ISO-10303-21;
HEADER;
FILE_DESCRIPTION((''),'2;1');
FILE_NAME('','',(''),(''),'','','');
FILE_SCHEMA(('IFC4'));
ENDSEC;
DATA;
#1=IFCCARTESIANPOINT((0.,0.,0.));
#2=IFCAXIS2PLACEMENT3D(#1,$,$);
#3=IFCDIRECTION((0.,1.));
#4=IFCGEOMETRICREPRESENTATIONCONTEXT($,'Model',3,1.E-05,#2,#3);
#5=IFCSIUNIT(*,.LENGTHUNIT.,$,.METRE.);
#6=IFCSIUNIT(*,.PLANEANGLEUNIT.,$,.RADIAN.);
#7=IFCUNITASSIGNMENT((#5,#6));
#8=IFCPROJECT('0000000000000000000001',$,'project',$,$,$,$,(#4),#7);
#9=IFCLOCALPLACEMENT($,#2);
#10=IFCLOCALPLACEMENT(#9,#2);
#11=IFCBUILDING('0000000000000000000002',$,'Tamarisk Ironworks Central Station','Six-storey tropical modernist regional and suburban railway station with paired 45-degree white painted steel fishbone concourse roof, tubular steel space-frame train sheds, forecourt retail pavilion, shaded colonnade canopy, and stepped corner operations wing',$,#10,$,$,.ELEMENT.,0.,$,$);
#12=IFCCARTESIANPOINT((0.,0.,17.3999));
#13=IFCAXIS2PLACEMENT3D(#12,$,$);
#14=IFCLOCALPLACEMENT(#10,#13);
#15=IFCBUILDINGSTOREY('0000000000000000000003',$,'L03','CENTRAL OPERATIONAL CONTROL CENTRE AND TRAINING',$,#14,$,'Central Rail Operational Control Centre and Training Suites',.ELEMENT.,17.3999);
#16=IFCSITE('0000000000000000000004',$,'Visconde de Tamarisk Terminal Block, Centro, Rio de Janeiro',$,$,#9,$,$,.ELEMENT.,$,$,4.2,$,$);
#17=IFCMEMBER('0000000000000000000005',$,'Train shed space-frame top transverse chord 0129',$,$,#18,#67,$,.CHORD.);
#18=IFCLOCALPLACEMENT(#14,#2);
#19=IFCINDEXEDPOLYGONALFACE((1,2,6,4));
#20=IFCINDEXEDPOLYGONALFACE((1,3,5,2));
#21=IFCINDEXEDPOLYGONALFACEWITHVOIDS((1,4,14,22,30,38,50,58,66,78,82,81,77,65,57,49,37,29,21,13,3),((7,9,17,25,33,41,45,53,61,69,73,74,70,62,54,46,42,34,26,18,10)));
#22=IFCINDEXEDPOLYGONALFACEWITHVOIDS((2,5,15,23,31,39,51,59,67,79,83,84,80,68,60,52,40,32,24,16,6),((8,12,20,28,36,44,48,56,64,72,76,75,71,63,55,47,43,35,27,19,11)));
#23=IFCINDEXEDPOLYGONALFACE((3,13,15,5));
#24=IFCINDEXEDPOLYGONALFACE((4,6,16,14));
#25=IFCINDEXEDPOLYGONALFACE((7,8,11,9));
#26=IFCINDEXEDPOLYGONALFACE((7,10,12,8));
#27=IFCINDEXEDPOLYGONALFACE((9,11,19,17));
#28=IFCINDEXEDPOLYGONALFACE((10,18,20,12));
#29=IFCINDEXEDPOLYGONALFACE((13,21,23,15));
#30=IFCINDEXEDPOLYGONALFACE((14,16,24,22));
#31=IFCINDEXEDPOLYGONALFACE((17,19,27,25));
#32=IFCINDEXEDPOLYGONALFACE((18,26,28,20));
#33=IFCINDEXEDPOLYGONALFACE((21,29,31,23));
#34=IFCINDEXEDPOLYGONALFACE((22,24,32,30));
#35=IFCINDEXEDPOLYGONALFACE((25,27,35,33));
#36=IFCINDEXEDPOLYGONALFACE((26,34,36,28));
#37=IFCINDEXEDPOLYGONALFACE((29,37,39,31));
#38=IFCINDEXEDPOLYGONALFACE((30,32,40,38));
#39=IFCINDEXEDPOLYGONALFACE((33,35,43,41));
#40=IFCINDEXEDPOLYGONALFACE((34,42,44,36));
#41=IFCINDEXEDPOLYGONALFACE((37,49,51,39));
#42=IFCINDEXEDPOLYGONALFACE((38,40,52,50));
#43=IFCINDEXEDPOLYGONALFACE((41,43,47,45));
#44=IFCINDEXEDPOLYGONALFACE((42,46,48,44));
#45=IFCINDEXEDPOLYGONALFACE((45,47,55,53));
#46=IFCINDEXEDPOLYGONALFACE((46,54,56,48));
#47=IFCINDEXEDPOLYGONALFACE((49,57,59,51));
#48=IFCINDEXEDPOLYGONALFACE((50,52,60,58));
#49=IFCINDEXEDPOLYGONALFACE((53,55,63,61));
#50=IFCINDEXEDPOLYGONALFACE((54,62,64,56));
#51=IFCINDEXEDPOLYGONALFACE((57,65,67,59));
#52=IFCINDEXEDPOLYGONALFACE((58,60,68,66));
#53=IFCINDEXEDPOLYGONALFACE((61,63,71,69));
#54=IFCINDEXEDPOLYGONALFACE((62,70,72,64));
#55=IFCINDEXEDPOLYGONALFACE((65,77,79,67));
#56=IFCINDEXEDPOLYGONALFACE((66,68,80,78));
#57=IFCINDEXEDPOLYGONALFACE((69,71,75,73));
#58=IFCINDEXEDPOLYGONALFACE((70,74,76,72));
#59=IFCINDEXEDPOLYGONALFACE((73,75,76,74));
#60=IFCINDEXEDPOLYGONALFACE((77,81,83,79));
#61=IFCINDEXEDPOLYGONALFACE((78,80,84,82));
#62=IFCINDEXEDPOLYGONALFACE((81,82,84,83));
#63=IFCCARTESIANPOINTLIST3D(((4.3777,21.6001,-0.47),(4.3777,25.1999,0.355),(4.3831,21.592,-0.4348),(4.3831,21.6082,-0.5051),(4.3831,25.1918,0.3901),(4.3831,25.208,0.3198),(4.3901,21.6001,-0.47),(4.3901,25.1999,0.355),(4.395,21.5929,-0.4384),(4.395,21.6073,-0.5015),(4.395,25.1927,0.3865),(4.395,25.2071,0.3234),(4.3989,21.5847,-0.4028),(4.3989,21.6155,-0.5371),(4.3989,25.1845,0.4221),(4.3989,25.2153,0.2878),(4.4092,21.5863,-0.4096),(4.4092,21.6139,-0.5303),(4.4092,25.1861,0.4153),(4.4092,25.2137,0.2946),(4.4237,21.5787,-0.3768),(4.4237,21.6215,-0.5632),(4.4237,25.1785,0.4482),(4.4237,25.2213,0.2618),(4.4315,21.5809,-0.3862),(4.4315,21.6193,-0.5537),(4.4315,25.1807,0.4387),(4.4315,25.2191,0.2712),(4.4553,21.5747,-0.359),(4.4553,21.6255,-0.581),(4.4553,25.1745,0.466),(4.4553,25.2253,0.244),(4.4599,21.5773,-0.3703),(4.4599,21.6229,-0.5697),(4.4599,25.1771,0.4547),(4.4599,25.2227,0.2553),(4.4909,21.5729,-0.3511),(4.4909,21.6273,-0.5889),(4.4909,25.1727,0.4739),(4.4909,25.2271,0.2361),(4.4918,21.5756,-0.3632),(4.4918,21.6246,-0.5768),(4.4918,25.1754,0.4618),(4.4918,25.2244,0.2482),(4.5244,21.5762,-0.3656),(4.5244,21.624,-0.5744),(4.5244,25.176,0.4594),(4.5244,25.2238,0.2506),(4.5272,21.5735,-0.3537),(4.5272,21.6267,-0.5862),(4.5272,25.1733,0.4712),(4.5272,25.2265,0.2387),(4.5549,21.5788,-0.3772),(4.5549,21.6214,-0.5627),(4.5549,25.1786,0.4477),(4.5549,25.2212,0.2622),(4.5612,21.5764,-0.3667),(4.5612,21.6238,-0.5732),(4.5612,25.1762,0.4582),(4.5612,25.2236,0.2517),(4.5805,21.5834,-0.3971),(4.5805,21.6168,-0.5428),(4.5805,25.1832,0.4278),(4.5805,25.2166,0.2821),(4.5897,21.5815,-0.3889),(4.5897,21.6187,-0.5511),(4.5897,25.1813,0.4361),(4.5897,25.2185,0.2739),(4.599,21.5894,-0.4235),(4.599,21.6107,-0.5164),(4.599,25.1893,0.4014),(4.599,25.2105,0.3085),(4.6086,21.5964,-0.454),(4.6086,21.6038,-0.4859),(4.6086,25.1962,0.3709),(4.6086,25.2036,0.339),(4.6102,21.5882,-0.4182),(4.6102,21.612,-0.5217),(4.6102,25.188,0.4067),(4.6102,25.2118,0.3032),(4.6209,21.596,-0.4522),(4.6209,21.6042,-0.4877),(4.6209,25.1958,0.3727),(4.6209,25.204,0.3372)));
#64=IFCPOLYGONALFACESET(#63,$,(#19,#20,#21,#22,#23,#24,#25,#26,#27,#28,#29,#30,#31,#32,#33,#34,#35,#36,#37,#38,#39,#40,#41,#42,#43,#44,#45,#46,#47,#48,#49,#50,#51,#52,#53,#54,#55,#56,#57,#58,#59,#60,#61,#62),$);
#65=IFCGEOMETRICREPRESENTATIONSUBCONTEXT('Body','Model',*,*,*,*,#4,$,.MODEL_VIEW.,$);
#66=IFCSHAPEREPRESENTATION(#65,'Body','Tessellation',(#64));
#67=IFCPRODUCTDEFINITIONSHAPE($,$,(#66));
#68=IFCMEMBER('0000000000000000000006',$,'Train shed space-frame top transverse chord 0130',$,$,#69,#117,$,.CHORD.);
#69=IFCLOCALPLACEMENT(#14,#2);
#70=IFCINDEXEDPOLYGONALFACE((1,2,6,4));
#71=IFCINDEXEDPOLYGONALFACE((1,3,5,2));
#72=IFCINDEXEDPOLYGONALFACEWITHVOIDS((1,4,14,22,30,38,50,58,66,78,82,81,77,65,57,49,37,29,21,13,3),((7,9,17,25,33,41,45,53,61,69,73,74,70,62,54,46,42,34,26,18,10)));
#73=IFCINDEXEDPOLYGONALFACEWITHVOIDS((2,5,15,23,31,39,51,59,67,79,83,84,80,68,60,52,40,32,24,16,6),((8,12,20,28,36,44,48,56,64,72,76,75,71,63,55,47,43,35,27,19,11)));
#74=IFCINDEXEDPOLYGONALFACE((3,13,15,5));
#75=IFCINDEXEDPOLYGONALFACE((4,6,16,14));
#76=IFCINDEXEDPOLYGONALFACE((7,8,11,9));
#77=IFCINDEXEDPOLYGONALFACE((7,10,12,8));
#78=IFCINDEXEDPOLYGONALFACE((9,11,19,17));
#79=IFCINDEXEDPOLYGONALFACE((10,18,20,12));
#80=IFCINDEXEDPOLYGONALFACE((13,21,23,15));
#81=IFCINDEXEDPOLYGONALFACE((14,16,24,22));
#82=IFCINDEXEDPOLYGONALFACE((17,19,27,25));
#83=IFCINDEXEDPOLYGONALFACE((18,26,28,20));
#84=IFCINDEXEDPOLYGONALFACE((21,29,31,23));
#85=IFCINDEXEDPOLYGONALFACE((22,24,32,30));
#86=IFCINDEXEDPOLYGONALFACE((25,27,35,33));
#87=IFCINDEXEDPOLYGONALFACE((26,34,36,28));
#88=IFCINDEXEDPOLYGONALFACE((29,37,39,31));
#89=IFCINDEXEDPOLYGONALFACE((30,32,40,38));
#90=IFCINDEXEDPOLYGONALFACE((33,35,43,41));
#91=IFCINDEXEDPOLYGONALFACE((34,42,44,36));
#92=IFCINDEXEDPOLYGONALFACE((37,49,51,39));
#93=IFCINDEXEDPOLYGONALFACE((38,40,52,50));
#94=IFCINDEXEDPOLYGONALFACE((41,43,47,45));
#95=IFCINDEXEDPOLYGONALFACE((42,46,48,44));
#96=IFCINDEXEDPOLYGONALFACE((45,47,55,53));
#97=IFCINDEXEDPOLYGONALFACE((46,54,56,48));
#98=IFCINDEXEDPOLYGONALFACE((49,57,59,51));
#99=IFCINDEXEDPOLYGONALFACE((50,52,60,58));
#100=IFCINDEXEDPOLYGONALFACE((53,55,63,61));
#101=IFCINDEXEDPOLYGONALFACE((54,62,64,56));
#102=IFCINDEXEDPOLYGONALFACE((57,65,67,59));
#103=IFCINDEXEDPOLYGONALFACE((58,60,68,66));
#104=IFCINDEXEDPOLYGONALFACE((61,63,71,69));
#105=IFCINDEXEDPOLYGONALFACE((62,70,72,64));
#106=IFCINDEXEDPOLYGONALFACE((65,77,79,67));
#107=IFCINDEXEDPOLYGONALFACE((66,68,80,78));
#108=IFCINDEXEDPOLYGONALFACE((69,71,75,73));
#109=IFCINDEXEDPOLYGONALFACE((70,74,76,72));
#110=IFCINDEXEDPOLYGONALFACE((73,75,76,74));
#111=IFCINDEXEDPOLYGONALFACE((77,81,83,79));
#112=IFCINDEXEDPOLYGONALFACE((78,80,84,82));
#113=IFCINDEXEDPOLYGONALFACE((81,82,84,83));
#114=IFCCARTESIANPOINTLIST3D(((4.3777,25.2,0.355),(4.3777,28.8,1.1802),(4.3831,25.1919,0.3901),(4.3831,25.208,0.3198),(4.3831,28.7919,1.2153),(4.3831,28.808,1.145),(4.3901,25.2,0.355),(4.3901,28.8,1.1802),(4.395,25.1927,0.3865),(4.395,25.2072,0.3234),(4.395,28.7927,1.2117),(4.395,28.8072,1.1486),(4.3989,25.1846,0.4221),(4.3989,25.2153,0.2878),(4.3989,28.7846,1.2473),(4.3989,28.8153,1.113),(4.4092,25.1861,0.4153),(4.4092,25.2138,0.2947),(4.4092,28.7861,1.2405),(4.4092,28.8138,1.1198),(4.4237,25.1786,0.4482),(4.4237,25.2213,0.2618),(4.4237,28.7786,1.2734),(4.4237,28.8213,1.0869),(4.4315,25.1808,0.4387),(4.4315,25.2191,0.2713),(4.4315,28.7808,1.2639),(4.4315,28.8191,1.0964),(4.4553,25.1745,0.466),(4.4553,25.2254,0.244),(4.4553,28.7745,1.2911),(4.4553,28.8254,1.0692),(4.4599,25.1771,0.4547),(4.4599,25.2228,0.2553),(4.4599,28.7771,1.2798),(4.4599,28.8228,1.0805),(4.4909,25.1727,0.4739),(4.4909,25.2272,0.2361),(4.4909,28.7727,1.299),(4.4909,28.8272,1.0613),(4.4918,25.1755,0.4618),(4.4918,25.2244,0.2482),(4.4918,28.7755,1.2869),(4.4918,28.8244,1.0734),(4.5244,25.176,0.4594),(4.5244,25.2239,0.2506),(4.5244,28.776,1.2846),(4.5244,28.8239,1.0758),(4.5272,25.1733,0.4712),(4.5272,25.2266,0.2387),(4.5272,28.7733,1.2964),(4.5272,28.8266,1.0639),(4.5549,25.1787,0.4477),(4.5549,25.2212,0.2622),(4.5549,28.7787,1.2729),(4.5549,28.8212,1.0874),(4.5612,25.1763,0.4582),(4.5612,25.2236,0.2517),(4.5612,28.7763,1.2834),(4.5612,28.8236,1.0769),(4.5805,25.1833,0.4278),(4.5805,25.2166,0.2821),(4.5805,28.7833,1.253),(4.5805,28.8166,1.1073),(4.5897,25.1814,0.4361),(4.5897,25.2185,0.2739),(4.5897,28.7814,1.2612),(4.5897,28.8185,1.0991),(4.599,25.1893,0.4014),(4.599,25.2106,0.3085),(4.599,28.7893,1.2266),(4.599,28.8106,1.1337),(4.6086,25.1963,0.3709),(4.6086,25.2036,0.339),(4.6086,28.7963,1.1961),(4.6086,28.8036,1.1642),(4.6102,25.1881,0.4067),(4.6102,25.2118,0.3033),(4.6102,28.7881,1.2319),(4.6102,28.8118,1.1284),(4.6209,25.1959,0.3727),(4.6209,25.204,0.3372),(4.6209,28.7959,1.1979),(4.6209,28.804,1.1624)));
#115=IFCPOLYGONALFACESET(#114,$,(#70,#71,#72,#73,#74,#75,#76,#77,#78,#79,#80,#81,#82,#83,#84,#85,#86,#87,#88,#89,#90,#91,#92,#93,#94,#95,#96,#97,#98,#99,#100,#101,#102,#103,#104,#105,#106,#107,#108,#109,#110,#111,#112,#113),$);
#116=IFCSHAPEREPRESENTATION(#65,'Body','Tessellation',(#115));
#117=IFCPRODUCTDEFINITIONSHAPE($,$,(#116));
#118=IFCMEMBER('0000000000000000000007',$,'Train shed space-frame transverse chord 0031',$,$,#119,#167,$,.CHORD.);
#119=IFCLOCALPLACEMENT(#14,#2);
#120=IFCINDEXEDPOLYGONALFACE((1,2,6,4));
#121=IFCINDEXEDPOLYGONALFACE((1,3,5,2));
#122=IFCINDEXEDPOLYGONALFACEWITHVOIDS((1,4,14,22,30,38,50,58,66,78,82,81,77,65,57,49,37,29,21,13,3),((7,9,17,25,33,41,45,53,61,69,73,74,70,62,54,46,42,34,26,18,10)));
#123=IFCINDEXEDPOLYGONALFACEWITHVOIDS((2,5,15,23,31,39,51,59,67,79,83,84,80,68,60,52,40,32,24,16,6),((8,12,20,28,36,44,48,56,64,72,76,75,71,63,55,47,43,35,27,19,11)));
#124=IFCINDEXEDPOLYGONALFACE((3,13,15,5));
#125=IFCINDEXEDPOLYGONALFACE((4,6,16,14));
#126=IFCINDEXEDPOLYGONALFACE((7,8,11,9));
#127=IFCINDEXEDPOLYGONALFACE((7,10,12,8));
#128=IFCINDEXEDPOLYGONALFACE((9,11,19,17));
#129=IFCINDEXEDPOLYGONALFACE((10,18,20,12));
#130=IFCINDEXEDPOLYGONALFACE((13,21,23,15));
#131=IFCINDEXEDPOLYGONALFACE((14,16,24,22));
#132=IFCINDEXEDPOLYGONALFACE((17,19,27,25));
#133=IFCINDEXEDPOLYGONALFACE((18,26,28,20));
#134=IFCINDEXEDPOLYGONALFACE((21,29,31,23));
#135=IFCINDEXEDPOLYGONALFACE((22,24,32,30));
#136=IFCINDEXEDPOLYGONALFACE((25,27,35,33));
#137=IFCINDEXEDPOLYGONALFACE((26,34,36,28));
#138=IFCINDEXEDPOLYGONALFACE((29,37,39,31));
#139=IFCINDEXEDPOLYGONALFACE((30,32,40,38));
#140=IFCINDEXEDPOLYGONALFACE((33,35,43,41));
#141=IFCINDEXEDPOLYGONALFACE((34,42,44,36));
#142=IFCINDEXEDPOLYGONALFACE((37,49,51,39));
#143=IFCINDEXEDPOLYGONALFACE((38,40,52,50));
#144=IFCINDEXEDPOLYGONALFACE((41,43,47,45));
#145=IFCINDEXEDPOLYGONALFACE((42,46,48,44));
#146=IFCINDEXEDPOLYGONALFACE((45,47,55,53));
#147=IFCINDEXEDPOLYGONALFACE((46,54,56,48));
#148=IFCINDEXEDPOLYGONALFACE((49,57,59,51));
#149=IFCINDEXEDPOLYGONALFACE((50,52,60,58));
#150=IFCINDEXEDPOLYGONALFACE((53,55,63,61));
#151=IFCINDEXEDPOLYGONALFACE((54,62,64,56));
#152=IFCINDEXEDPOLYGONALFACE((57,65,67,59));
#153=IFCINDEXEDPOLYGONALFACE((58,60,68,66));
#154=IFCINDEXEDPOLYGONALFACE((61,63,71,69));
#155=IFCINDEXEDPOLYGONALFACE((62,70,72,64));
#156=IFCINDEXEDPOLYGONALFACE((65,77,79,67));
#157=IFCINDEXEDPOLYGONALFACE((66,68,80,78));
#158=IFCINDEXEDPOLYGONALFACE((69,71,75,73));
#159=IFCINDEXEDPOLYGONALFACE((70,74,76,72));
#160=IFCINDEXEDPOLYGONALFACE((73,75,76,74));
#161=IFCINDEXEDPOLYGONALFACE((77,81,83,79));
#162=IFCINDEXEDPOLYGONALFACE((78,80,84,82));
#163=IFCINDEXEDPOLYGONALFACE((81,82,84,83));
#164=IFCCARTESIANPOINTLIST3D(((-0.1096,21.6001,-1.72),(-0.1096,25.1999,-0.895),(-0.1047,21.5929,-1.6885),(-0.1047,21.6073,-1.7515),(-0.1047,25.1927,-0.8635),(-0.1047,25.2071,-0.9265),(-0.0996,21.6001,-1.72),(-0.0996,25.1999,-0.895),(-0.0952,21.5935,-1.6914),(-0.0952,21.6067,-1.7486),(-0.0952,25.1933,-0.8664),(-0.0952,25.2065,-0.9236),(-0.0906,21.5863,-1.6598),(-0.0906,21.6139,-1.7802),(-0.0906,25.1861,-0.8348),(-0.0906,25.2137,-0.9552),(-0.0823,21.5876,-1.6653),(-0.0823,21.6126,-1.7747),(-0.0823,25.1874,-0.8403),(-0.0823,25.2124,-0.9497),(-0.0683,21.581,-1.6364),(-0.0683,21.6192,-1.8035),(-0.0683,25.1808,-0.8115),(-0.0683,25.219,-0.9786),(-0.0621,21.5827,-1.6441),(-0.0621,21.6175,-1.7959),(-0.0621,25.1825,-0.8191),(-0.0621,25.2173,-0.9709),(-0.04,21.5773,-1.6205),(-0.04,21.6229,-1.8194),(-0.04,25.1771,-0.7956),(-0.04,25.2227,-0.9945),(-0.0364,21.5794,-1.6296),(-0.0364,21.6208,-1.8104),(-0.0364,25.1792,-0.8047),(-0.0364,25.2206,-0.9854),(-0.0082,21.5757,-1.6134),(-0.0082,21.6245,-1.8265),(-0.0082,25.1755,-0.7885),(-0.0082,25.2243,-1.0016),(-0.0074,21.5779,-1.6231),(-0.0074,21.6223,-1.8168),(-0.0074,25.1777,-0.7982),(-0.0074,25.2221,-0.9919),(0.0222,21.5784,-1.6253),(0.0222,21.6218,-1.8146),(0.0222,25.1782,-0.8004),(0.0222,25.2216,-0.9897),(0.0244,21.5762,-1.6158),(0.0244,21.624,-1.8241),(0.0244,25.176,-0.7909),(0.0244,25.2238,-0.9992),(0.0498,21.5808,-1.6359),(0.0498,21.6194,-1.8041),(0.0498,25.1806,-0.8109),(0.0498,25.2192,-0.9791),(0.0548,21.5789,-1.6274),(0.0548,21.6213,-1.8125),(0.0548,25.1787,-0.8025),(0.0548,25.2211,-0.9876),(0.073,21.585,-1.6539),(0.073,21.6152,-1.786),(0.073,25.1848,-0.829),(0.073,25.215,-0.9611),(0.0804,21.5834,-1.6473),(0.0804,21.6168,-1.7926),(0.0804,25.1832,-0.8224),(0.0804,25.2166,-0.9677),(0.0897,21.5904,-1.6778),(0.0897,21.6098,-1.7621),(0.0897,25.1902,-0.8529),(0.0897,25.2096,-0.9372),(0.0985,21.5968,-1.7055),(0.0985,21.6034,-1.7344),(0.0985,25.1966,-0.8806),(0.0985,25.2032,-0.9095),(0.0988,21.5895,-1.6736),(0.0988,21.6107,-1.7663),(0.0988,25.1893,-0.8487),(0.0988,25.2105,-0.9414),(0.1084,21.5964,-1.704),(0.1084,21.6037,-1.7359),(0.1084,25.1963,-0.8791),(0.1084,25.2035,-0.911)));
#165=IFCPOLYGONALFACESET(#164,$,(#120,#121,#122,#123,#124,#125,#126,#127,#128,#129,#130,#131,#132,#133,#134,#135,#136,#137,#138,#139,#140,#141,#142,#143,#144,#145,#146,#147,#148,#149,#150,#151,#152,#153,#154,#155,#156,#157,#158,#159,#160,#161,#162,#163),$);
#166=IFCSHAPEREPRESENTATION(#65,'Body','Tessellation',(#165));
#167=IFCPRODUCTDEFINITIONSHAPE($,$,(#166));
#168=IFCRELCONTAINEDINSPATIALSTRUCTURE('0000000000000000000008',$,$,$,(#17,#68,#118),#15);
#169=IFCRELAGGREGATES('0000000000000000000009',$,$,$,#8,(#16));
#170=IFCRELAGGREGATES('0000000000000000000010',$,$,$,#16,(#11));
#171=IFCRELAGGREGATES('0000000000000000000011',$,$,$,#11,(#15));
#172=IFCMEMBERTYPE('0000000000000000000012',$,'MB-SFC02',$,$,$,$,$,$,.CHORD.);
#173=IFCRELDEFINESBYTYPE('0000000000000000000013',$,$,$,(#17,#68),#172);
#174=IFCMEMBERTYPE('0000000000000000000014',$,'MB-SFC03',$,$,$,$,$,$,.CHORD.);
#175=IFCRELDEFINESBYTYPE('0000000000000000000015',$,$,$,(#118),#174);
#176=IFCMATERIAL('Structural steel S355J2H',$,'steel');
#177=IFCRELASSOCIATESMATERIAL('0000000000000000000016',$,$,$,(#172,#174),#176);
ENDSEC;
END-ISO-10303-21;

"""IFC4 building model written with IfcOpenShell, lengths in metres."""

from ifc_helpers import new_model, si_unit, direction, frame, origin, origin_2d, place, context, subcontext, project, spatial, hollow_circle, extrude, material, material_profile, profile_set, type_object, element, save


model = new_model("IFC4")

# Units and contexts
model_context = context("Model", 3, precision=1e-05, world=origin(), true_north=direction((0.0, 1.0)))
body_context = subcontext(model_context, "Body", "Model", "MODEL_VIEW")
ifc_project = project(units=[si_unit("LENGTHUNIT", "METRE"), si_unit("PLANEANGLEUNIT", "RADIAN")], contexts=[model_context])

# Site, building, storey
site_placement = place(None, origin())
site = spatial("IfcSite", under=ifc_project, at=site_placement, Name="Visconde de Tamarisk Terminal Block, Centro, Rio de Janeiro", CompositionType="ELEMENT", RefElevation=4.2)
building_placement = place(site_placement, origin())
building = spatial("IfcBuilding", under=site, at=building_placement, Name="Tamarisk Ironworks Central Station", Description="Six-storey tropical modernist regional and suburban railway station with paired 45-degree white painted steel fishbone concourse roof, tubular steel space-frame train sheds, forecourt retail pavilion, shaded colonnade canopy, and stepped corner operations wing", CompositionType="ELEMENT", ElevationOfRefHeight=0.0)
storey_placement = place(building_placement, frame((0.0, 0.0, 17.3999)))
storey = spatial("IfcBuildingStorey", under=building, at=storey_placement, Name="L03", Description="CENTRAL OPERATIONAL CONTROL CENTRE AND TRAINING", LongName="Central Rail Operational Control Centre and Training Suites", CompositionType="ELEMENT", Elevation=17.3999)

# Members
ifc_material_1 = material(Name="Structural steel S355J2H", Category="steel")
ifc_material_profile_1 = material_profile(ifc_material_1, hollow_circle(Radius=0.1223, WallThickness=0.0125, at=origin_2d()), Name="CHS 244.5x12.5")
ifc_profile_set_1 = profile_set([ifc_material_profile_1], Name="Structural steel S355J2H")
member_type_1 = type_object("IfcMemberType", Name="MB-SFC02", PredefinedType="CHORD", material=ifc_profile_set_1)
member_1_placement = place(storey_placement, frame((4.5, 21.6001, -0.47), z_axis=(0.0, 0.974733, 0.223372), x_axis=(-1.0, 0.0, 0.0)))
element("IfcMember", 1, at=member_1_placement, inside=storey, type_object=member_type_1, Name="Train shed space-frame top transverse chord 0129", PredefinedType="CHORD", context=body_context, shape_type="SweptSolid", body=[
    extrude(hollow_circle(Radius=0.1223, WallThickness=0.0125, at=origin_2d()), origin(), (0.0, 0.0, 1.0), 3.6931),
])
member_2_placement = place(storey_placement, frame((4.5, 25.2, 0.355), z_axis=(0.0, 0.974722, 0.223421), x_axis=(-1.0, 0.0, 0.0)))
element("IfcMember", 2, at=member_2_placement, inside=storey, type_object=member_type_1, Name="Train shed space-frame top transverse chord 0130", PredefinedType="CHORD", context=body_context, shape_type="SweptSolid", body=[
    extrude(hollow_circle(Radius=0.1223, WallThickness=0.0125, at=origin_2d()), origin(), (0.0, 0.0, 1.0), 3.6934),
])
ifc_material_profile_2 = material_profile(ifc_material_1, hollow_circle(Radius=0.1096, WallThickness=0.01, at=origin_2d()), Name="CHS 219.1x10")
ifc_profile_set_2 = profile_set([ifc_material_profile_2], Name="Structural steel S355J2H")
member_type_2 = type_object("IfcMemberType", Name="MB-SFC03", PredefinedType="CHORD", material=ifc_profile_set_2)
member_3_placement = place(storey_placement, frame((0.0, 21.6001, -1.72), z_axis=(0.0, 0.974733, 0.223372), x_axis=(-1.0, 0.0, 0.0)))
element("IfcMember", 3, at=member_3_placement, inside=storey, type_object=member_type_2, Name="Train shed space-frame transverse chord 0031", PredefinedType="CHORD", context=body_context, shape_type="SweptSolid", body=[
    extrude(hollow_circle(Radius=0.1096, WallThickness=0.01, at=origin_2d()), origin(), (0.0, 0.0, 1.0), 3.6931),
])

save(model, "model.ifc")
